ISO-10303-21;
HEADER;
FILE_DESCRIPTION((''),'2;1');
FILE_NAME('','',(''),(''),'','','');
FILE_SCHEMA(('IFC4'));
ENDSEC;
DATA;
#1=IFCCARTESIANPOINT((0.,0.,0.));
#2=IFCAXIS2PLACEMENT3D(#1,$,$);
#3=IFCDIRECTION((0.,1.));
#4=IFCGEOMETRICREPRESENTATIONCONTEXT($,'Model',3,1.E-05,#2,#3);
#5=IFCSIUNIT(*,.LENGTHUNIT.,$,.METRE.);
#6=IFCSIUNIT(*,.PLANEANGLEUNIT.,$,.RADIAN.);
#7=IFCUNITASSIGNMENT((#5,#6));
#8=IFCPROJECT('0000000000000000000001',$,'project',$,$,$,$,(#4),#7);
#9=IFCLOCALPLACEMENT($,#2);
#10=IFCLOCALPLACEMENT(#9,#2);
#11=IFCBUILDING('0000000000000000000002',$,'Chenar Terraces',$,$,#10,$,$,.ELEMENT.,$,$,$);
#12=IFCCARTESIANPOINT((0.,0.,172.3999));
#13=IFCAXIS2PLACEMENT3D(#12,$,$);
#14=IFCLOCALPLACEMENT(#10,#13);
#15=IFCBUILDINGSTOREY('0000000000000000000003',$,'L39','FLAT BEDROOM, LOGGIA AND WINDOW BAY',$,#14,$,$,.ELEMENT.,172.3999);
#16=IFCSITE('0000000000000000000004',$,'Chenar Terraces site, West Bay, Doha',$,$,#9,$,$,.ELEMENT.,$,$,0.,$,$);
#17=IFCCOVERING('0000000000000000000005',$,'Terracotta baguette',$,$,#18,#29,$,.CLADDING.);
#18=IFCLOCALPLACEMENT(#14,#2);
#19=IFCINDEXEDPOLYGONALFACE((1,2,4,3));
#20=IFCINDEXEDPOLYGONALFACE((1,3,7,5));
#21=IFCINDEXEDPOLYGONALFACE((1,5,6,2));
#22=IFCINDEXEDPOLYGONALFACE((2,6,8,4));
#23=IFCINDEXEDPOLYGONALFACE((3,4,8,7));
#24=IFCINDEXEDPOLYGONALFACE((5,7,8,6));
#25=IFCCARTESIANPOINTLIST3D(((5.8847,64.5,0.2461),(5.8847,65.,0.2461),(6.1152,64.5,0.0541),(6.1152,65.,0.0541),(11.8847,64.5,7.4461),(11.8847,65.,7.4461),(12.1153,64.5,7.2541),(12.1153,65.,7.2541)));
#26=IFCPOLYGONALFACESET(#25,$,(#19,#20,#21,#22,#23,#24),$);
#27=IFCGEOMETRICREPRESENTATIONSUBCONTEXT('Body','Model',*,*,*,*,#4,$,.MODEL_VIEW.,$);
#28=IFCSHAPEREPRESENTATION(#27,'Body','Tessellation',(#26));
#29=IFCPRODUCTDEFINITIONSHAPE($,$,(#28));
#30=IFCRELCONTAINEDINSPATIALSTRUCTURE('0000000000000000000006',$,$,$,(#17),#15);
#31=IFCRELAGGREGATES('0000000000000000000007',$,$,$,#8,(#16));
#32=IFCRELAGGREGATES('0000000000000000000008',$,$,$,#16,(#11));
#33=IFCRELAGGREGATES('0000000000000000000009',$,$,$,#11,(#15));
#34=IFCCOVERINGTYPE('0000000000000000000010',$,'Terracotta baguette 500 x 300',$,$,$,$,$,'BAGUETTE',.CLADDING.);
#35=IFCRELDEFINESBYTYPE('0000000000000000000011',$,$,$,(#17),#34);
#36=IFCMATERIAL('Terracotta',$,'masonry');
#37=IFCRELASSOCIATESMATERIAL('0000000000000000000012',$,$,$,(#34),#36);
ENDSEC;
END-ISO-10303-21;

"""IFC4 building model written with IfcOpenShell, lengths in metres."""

from ifc_helpers import new_model, si_unit, direction, frame, origin, origin_2d, place, context, subcontext, project, spatial, rectangle, extrude, material, material_profile, profile_set, type_object, element, save


model = new_model("IFC4")

# Units and contexts
model_context = context("Model", 3, precision=1e-05, world=origin(), true_north=direction((0.0, 1.0)))
body_context = subcontext(model_context, "Body", "Model", "MODEL_VIEW")
ifc_project = project(units=[si_unit("LENGTHUNIT", "METRE"), si_unit("PLANEANGLEUNIT", "RADIAN")], contexts=[model_context])

# Site, building, storey
site_placement = place(None, origin())
site = spatial("IfcSite", under=ifc_project, at=site_placement, Name="Chenar Terraces site, West Bay, Doha", CompositionType="ELEMENT", RefElevation=0.0)
building_placement = place(site_placement, origin())
building = spatial("IfcBuilding", under=site, at=building_placement, Name="Chenar Terraces", CompositionType="ELEMENT")
storey_placement = place(building_placement, frame((0.0, 0.0, 172.3999)))
storey = spatial("IfcBuildingStorey", under=building, at=storey_placement, Name="L39", Description="FLAT BEDROOM, LOGGIA AND WINDOW BAY", CompositionType="ELEMENT", Elevation=172.3999)

# Covering
ifc_material_1 = material(Name="Terracotta", Category="masonry")
ifc_material_profile_1 = material_profile(ifc_material_1, rectangle(XDim=0.5, YDim=0.3, at=origin_2d()), Name="Terracotta baguette 500 x 300")
ifc_profile_set_1 = profile_set([ifc_material_profile_1], Name="Terracotta")
covering_type = type_object("IfcCoveringType", Name="Terracotta baguette 500 x 300", ElementType="BAGUETTE", PredefinedType="CLADDING", material=ifc_profile_set_1)
for number, where, z_axis, x_axis, name in (
    (1, (12.0, 64.75, 7.3501), (-0.640187, 0.0, -0.768219), (0.0, -1.0, 0.0), "Terracotta baguette"),
):
    element("IfcCovering", number, at=place(storey_placement, frame(where, z_axis=z_axis, x_axis=x_axis)), inside=storey, type_object=covering_type, Name=name, PredefinedType="CLADDING", context=body_context, shape_type="SweptSolid", body=[
        extrude(rectangle(XDim=0.5, YDim=0.3, at=origin_2d()), origin(), (0.0, 0.0, 1.0), 9.3723),
    ])

save(model, "model.ifc")
